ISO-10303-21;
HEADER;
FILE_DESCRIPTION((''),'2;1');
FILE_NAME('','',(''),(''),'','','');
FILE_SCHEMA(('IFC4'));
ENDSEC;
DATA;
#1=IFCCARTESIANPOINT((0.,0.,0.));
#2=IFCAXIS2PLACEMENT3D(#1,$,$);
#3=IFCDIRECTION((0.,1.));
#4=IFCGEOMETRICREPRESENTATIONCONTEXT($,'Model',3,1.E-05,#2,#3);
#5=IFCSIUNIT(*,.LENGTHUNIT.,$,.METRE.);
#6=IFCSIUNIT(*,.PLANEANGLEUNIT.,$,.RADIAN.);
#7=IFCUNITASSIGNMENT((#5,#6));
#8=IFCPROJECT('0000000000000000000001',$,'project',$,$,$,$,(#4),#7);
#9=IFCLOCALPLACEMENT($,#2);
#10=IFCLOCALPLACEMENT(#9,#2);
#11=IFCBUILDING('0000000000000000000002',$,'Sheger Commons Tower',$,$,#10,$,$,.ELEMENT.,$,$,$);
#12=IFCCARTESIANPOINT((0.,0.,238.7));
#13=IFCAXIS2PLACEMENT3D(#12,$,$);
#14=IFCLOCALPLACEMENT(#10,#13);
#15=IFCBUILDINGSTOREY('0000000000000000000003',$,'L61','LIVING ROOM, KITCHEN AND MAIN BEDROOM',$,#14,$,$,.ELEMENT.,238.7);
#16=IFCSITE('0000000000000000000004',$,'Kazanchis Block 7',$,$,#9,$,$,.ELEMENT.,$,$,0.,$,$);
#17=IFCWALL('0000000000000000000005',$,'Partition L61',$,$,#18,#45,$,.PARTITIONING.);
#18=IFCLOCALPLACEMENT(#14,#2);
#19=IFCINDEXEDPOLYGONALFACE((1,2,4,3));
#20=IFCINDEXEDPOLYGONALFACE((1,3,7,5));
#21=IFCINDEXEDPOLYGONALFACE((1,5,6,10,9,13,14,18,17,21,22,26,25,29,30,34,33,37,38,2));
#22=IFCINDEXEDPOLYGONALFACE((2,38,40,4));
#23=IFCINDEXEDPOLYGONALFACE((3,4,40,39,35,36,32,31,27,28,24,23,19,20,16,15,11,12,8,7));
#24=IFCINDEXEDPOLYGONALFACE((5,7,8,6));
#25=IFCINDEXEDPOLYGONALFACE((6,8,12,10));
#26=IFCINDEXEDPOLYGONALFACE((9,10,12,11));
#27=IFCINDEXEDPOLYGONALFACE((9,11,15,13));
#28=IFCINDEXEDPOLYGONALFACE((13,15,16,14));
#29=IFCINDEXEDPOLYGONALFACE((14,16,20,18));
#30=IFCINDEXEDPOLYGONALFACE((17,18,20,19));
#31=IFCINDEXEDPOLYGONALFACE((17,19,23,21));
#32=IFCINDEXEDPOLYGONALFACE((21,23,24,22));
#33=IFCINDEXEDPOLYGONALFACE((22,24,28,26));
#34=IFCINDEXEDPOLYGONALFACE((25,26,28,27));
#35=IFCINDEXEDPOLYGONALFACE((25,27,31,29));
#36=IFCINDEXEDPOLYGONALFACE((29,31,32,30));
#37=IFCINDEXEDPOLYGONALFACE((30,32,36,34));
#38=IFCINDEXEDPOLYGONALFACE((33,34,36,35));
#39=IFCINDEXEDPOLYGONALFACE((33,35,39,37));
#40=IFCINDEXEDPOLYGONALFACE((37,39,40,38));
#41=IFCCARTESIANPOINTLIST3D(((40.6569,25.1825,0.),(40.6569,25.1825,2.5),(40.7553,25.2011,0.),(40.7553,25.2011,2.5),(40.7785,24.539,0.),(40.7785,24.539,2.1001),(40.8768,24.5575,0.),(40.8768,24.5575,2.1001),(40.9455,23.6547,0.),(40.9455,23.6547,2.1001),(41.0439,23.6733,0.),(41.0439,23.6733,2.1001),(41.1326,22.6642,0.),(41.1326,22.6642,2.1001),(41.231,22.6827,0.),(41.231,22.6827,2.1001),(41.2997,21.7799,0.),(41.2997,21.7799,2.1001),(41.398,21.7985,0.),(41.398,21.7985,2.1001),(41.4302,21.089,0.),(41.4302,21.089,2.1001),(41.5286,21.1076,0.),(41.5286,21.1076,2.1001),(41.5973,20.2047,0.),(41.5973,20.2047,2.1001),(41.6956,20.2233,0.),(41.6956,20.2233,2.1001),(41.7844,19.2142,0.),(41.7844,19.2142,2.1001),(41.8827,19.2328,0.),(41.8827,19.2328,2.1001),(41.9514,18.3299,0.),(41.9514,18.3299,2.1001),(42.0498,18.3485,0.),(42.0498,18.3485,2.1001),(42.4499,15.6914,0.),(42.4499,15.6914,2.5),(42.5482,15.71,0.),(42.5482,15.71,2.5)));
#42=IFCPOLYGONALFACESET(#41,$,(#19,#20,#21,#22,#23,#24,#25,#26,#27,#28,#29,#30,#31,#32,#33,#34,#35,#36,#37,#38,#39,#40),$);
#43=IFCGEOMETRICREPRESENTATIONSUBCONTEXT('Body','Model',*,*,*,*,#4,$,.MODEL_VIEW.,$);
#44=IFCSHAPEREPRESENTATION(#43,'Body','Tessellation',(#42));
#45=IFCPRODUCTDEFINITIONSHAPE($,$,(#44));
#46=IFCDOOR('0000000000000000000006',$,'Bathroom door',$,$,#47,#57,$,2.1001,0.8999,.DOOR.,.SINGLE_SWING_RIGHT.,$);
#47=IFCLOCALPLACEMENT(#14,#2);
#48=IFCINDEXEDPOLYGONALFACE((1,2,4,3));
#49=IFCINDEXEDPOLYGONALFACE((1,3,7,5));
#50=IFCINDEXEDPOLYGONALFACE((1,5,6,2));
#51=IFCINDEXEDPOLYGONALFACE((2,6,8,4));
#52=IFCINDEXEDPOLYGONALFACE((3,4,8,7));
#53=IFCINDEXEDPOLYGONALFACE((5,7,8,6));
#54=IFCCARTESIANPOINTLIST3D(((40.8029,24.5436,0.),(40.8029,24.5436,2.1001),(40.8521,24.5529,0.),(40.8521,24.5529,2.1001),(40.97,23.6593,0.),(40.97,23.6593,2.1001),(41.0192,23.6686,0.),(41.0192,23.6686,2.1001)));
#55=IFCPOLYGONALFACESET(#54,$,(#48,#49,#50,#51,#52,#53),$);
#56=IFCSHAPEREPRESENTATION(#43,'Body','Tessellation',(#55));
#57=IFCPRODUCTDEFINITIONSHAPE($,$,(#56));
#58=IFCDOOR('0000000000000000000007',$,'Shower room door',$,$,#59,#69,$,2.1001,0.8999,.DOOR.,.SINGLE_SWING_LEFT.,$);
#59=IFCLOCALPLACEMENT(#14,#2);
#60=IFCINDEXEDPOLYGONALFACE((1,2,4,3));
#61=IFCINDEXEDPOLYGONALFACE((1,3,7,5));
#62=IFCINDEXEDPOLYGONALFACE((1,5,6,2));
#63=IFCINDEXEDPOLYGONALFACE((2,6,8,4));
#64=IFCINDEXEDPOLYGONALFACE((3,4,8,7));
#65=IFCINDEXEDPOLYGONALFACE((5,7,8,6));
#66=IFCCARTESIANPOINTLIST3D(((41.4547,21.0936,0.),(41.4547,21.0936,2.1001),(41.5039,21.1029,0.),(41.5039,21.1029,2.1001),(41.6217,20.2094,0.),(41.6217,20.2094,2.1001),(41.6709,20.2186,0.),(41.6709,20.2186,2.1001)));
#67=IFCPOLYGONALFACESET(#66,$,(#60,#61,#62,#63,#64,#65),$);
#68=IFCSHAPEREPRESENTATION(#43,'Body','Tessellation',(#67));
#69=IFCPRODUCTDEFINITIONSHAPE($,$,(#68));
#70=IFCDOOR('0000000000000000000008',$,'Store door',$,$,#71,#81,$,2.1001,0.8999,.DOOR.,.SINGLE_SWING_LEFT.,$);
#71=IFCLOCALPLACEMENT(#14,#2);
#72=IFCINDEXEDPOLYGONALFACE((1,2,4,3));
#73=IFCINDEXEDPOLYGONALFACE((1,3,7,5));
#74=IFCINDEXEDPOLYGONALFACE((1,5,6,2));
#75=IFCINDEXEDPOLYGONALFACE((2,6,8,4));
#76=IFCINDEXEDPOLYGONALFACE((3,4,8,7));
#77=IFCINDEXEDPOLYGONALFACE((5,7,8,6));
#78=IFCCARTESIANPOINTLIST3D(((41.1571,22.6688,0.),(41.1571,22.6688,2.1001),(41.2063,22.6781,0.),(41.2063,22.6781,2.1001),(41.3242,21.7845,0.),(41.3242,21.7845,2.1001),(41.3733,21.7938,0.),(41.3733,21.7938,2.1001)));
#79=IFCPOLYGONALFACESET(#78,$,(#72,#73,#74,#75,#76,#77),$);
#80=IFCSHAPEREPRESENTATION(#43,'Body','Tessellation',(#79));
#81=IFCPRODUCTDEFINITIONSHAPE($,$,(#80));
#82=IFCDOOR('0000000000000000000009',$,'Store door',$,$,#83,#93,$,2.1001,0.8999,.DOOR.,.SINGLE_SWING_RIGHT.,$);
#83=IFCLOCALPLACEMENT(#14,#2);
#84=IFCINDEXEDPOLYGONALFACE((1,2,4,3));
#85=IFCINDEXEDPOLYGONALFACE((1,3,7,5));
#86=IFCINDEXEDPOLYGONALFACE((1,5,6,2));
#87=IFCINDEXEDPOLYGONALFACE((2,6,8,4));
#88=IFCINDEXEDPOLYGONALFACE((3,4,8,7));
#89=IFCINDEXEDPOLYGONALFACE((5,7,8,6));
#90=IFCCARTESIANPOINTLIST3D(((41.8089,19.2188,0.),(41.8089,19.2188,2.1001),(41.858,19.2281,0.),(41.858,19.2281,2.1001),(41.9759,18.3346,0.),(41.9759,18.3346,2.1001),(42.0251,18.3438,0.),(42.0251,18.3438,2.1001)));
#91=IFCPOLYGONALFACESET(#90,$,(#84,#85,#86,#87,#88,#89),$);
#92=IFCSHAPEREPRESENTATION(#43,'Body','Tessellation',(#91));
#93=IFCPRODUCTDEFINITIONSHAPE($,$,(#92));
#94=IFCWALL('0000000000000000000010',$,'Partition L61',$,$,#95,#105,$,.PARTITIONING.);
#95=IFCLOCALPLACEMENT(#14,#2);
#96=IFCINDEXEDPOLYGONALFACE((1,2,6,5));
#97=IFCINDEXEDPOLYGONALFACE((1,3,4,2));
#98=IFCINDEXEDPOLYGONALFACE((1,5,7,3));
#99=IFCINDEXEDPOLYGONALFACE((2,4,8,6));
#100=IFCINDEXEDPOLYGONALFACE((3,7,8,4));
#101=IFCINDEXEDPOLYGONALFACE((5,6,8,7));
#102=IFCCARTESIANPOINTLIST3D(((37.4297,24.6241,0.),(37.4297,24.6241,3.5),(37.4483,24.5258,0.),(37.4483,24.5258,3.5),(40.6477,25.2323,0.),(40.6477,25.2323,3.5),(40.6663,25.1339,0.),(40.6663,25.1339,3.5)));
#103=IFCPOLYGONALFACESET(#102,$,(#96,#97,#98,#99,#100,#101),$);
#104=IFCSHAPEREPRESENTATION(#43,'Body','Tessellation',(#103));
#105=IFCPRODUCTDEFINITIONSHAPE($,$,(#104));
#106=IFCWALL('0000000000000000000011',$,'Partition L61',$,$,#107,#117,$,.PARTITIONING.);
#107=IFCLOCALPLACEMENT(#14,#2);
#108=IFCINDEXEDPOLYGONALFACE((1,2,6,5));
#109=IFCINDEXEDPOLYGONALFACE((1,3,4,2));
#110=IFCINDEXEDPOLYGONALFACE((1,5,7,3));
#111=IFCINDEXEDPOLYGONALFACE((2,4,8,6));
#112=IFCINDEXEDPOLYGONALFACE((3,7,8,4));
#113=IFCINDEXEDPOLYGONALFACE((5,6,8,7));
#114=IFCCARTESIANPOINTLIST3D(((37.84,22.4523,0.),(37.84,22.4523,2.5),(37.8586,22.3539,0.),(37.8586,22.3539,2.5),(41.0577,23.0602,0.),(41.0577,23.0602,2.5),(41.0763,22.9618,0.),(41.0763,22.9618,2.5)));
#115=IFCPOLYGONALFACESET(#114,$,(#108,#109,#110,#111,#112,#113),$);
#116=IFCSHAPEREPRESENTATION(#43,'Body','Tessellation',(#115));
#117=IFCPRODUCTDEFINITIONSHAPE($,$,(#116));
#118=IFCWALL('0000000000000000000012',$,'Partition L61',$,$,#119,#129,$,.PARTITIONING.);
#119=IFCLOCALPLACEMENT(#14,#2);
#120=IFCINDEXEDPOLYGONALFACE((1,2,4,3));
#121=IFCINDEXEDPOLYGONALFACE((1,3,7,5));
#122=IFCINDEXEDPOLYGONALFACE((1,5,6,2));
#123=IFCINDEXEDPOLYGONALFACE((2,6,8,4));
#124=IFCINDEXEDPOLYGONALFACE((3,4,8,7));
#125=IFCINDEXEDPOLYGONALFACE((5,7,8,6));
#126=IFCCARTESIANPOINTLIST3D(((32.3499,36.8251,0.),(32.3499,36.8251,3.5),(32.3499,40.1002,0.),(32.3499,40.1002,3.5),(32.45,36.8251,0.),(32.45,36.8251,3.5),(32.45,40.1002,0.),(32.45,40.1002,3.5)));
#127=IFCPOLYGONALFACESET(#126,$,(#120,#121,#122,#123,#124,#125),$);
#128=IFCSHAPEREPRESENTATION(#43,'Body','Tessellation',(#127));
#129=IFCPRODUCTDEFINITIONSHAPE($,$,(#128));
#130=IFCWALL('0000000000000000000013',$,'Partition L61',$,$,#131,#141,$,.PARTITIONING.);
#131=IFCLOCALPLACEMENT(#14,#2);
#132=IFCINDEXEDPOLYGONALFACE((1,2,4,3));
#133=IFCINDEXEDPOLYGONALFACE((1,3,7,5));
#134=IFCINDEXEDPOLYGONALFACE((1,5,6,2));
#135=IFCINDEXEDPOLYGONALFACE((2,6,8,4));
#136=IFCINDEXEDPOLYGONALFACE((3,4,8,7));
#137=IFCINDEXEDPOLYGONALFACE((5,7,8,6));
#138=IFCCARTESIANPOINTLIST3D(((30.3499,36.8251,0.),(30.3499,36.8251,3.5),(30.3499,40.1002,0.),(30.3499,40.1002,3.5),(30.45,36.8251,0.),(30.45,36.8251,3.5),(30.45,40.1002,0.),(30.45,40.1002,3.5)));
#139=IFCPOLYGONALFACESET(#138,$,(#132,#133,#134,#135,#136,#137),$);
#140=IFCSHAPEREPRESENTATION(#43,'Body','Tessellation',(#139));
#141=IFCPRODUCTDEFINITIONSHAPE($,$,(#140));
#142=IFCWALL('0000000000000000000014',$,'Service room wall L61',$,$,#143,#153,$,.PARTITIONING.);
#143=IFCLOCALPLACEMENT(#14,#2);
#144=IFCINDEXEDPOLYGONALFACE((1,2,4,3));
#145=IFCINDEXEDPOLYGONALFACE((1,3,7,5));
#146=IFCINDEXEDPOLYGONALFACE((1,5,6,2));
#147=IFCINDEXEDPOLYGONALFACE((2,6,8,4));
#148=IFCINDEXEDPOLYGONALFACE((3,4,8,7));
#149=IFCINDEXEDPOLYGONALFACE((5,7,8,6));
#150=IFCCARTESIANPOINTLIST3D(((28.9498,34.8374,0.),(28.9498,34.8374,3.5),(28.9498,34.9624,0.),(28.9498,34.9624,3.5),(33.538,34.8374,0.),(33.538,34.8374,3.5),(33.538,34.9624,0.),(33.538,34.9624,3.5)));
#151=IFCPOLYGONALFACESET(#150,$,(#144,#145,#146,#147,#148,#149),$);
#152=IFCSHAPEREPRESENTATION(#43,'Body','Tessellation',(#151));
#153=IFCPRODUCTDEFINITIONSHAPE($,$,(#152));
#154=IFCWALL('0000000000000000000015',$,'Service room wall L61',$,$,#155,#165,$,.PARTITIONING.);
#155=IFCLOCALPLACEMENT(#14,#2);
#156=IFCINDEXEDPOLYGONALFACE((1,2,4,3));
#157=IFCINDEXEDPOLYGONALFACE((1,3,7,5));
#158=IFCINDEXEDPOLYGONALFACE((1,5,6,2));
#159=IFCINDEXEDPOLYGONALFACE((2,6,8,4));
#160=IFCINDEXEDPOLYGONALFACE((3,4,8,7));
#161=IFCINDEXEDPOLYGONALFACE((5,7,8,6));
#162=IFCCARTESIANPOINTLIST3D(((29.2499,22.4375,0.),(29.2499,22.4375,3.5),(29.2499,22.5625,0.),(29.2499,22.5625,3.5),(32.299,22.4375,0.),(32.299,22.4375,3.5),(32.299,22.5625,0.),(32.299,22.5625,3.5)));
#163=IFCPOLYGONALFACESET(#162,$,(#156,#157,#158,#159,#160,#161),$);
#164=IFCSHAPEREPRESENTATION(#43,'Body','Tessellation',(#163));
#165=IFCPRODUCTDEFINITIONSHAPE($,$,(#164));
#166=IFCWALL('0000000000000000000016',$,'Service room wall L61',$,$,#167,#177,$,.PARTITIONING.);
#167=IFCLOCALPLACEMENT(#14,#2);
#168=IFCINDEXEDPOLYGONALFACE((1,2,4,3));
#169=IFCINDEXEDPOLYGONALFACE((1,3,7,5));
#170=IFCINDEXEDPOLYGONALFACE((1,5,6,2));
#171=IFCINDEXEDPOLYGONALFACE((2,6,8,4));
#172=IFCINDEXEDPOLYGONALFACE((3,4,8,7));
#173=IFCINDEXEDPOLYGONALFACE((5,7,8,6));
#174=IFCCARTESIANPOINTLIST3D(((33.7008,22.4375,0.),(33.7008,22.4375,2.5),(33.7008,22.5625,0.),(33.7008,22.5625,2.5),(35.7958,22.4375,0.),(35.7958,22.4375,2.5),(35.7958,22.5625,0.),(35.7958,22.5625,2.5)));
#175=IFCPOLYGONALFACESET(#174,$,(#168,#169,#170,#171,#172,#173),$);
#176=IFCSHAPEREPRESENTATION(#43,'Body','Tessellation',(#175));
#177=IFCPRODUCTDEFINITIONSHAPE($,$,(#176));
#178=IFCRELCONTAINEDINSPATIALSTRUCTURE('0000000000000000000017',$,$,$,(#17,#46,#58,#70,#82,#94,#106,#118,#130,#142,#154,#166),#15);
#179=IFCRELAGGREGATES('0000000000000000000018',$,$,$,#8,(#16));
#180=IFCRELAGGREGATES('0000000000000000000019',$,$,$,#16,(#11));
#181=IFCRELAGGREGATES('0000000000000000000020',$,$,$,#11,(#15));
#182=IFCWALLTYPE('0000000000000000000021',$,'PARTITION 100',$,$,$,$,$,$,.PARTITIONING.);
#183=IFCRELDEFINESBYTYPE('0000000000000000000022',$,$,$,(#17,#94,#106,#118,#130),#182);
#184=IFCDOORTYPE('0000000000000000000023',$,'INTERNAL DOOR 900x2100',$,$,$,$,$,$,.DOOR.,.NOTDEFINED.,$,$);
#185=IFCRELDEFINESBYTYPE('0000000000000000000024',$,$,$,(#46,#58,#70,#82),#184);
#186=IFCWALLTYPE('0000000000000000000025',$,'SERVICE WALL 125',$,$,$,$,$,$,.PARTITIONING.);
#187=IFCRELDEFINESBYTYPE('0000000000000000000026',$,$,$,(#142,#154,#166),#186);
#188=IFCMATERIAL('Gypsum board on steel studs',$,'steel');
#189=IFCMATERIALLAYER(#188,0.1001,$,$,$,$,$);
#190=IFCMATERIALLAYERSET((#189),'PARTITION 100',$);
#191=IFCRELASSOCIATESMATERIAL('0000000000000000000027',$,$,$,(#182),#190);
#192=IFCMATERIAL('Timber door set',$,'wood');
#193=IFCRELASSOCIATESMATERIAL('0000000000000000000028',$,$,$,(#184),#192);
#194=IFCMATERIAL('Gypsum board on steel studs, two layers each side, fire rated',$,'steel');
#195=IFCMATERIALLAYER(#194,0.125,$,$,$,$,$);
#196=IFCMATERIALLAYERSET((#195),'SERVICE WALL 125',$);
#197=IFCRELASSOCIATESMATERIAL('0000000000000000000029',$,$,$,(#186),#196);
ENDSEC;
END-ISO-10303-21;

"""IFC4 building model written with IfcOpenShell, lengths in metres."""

from ifc_helpers import new_model, si_unit, direction, frame, frame_2d, origin, place, context, subcontext, project, spatial, rectangle, extrude, material, layer, layer_set, type_object, element, fill, save


model = new_model("IFC4")

# Units and contexts
model_context = context("Model", 3, precision=1e-05, world=origin(), true_north=direction((0.0, 1.0)))
body_context = subcontext(model_context, "Body", "Model", "MODEL_VIEW")
ifc_project = project(units=[si_unit("LENGTHUNIT", "METRE"), si_unit("PLANEANGLEUNIT", "RADIAN")], contexts=[model_context])

# Site, building, storey
site_placement = place(None, origin())
site = spatial("IfcSite", under=ifc_project, at=site_placement, Name="Kazanchis Block 7", CompositionType="ELEMENT", RefElevation=0.0)
building_placement = place(site_placement, origin())
building = spatial("IfcBuilding", under=site, at=building_placement, Name="Sheger Commons Tower", CompositionType="ELEMENT")
storey_placement = place(building_placement, frame((0.0, 0.0, 238.7)))
storey = spatial("IfcBuildingStorey", under=building, at=storey_placement, Name="L61", Description="LIVING ROOM, KITCHEN AND MAIN BEDROOM", CompositionType="ELEMENT", Elevation=238.7)

# Shared definitions
ifc_material_1 = material(Name="Gypsum board on steel studs", Category="steel")
ifc_layer_1 = layer(ifc_material_1, 0.1001)
ifc_layer_set_1 = layer_set([ifc_layer_1], Name="PARTITION 100")
wall_type_1 = type_object("IfcWallType", Name="PARTITION 100", PredefinedType="PARTITIONING", material=ifc_layer_set_1)

# Wall, openings, doors
wall_1_placement = place(storey_placement, frame((40.7061, 25.1919, 0.0), z_axis=(0.0, 0.0, 1.0), x_axis=(0.18563, -0.98262, 0.0)))
wall_1 = element("IfcWall", 1, at=wall_1_placement, inside=storey, type_object=wall_type_1, Name="Partition L61", PredefinedType="PARTITIONING", context=body_context, shape_type="SweptSolid", body=[
    extrude(rectangle(XDim=9.6589, YDim=0.1001, at=frame_2d((4.8296, 0.0))), origin(), (0.0, 0.0, 1.0), 2.5),
])
opening_1_placement = place(wall_1_placement, frame((0.655, 0.0, 0.0)))
opening_1 = element("IfcOpeningElement", 2, at=opening_1_placement, cuts=wall_1, PredefinedType="OPENING", context=body_context, shape_type="SweptSolid", body=[
    extrude(rectangle(XDim=0.8999, YDim=2.1001, at=frame_2d((0.45, 1.05))), frame((0.0, 0.0601, 0.0), z_axis=(0.0, -1.0, 0.0), x_axis=(1.0, 0.0, 0.0)), (0.0, 0.0, 1.0), 0.1201),
])
opening_2_placement = place(wall_1_placement, frame((4.166, 0.0, 0.0)))
opening_2 = element("IfcOpeningElement", 3, at=opening_2_placement, cuts=wall_1, PredefinedType="OPENING", context=body_context, shape_type="SweptSolid", body=[
    extrude(rectangle(XDim=0.8999, YDim=2.1001, at=frame_2d((0.45, 1.05))), frame((0.0, 0.0601, 0.0), z_axis=(0.0, -1.0, 0.0), x_axis=(1.0, 0.0, 0.0)), (0.0, 0.0, 1.0), 0.1201),
])
opening_3_placement = place(wall_1_placement, frame((2.563, 0.0, 0.0)))
opening_3 = element("IfcOpeningElement", 4, at=opening_3_placement, cuts=wall_1, PredefinedType="OPENING", context=body_context, shape_type="SweptSolid", body=[
    extrude(rectangle(XDim=0.8999, YDim=2.1001, at=frame_2d((0.45, 1.05))), frame((0.0, 0.0601, 0.0), z_axis=(0.0, -1.0, 0.0), x_axis=(1.0, 0.0, 0.0)), (0.0, 0.0, 1.0), 0.1201),
])
opening_4_placement = place(wall_1_placement, frame((6.074, 0.0, 0.0)))
opening_4 = element("IfcOpeningElement", 5, at=opening_4_placement, cuts=wall_1, PredefinedType="OPENING", context=body_context, shape_type="SweptSolid", body=[
    extrude(rectangle(XDim=0.8999, YDim=2.1001, at=frame_2d((0.45, 1.05))), frame((0.0, 0.0601, 0.0), z_axis=(0.0, -1.0, 0.0), x_axis=(1.0, 0.0, 0.0)), (0.0, 0.0, 1.0), 0.1201),
])
ifc_material_2 = material(Name="Timber door set", Category="wood")
door_type = type_object("IfcDoorType", Name="INTERNAL DOOR 900x2100", OperationType="NOTDEFINED", PredefinedType="DOOR", material=ifc_material_2)
door_1_placement = place(opening_1_placement, origin())
door_1 = element("IfcDoor", 6, at=door_1_placement, inside=storey, type_object=door_type, Name="Bathroom door", OperationType="SINGLE_SWING_RIGHT", OverallHeight=2.1001, OverallWidth=0.8999, PredefinedType="DOOR", context=body_context, shape_type="SweptSolid", body=[
    extrude(rectangle(XDim=0.8999, YDim=2.1001, at=frame_2d((0.45, 1.05))), frame((0.0, 0.0249, 0.0), z_axis=(0.0, -1.0, 0.0), x_axis=(1.0, 0.0, 0.0)), (0.0, 0.0, 1.0), 0.05),
])
fill(opening_1, door_1)
door_2_placement = place(opening_2_placement, origin())
door_2 = element("IfcDoor", 7, at=door_2_placement, inside=storey, type_object=door_type, Name="Shower room door", OperationType="SINGLE_SWING_LEFT", OverallHeight=2.1001, OverallWidth=0.8999, PredefinedType="DOOR", context=body_context, shape_type="SweptSolid", body=[
    extrude(rectangle(XDim=0.8999, YDim=2.1001, at=frame_2d((0.45, 1.05))), frame((0.0, 0.0249, 0.0), z_axis=(0.0, -1.0, 0.0), x_axis=(1.0, 0.0, 0.0)), (0.0, 0.0, 1.0), 0.05),
])
fill(opening_2, door_2)
door_3_placement = place(opening_3_placement, origin())
door_3 = element("IfcDoor", 8, at=door_3_placement, inside=storey, type_object=door_type, Name="Store door", OperationType="SINGLE_SWING_LEFT", OverallHeight=2.1001, OverallWidth=0.8999, PredefinedType="DOOR", context=body_context, shape_type="SweptSolid", body=[
    extrude(rectangle(XDim=0.8999, YDim=2.1001, at=frame_2d((0.45, 1.05))), frame((0.0, 0.0249, 0.0), z_axis=(0.0, -1.0, 0.0), x_axis=(1.0, 0.0, 0.0)), (0.0, 0.0, 1.0), 0.05),
])
fill(opening_3, door_3)
door_4_placement = place(opening_4_placement, origin())
door_4 = element("IfcDoor", 9, at=door_4_placement, inside=storey, type_object=door_type, Name="Store door", OperationType="SINGLE_SWING_RIGHT", OverallHeight=2.1001, OverallWidth=0.8999, PredefinedType="DOOR", context=body_context, shape_type="SweptSolid", body=[
    extrude(rectangle(XDim=0.8999, YDim=2.1001, at=frame_2d((0.45, 1.05))), frame((0.0, 0.0249, 0.0), z_axis=(0.0, -1.0, 0.0), x_axis=(1.0, 0.0, 0.0)), (0.0, 0.0, 1.0), 0.05),
])
fill(opening_4, door_4)

# Walls
wall_2_placement = place(storey_placement, frame((40.657, 25.1831, 0.0), z_axis=(0.0, 0.0, 1.0), x_axis=(-0.982607, -0.185697, 0.0)))
element("IfcWall", 10, at=wall_2_placement, inside=storey, type_object=wall_type_1, Name="Partition L61", PredefinedType="PARTITIONING", context=body_context, shape_type="SweptSolid", body=[
    extrude(rectangle(XDim=3.2749, YDim=0.1001, at=frame_2d((1.6375, 0.0))), origin(), (0.0, 0.0, 1.0), 3.5),
])
wall_3_placement = place(storey_placement, frame((41.0669, 23.011, 0.0), z_axis=(0.0, 0.0, 1.0), x_axis=(-0.982618, -0.185639, 0.0)))
element("IfcWall", 11, at=wall_3_placement, inside=storey, type_object=wall_type_1, Name="Partition L61", PredefinedType="PARTITIONING", context=body_context, shape_type="SweptSolid", body=[
    extrude(rectangle(XDim=3.2747, YDim=0.1001, at=frame_2d((1.6372, 0.0))), origin(), (0.0, 0.0, 1.0), 2.5),
])
for number, where, z_axis, x_axis, name in (
    (12, (32.3999, 36.825, 0.0), (0.0, 0.0, 1.0), (0.0, 1.0, 0.0), "Partition L61"),
    (13, (30.3999, 36.825, 0.0), (0.0, 0.0, 1.0), (0.0, 1.0, 0.0), "Partition L61"),
):
    element("IfcWall", number, at=place(storey_placement, frame(where, z_axis=z_axis, x_axis=x_axis)), inside=storey, type_object=wall_type_1, Name=name, PredefinedType="PARTITIONING", context=body_context, shape_type="SweptSolid", body=[
        extrude(rectangle(XDim=3.2751, YDim=0.1001, at=frame_2d((1.6377, 0.0))), origin(), (0.0, 0.0, 1.0), 3.5),
    ])
ifc_material_3 = material(Name="Gypsum board on steel studs, two layers each side, fire rated", Category="steel")
ifc_layer_2 = layer(ifc_material_3, 0.125)
ifc_layer_set_2 = layer_set([ifc_layer_2], Name="SERVICE WALL 125")
wall_type_2 = type_object("IfcWallType", Name="SERVICE WALL 125", PredefinedType="PARTITIONING", material=ifc_layer_set_2)
wall_4_placement = place(storey_placement, frame((28.95, 34.8999, 0.0), z_axis=(0.0, 0.0, 1.0), x_axis=(1.0, 0.0, 0.0)))
element("IfcWall", 14, at=wall_4_placement, inside=storey, type_object=wall_type_2, Name="Service room wall L61", PredefinedType="PARTITIONING", context=body_context, shape_type="SweptSolid", body=[
    extrude(rectangle(XDim=4.5881, YDim=0.125, at=frame_2d((2.2939, 0.0))), origin(), (0.0, 0.0, 1.0), 3.5),
])
wall_5_placement = place(storey_placement, frame((29.25, 22.5, 0.0), z_axis=(0.0, 0.0, 1.0), x_axis=(1.0, 0.0, 0.0)))
element("IfcWall", 15, at=wall_5_placement, inside=storey, type_object=wall_type_2, Name="Service room wall L61", PredefinedType="PARTITIONING", context=body_context, shape_type="SweptSolid", body=[
    extrude(rectangle(XDim=3.0491, YDim=0.125, at=frame_2d((1.5244, 0.0))), origin(), (0.0, 0.0, 1.0), 3.5),
])
wall_6_placement = place(storey_placement, frame((33.7009, 22.5, 0.0), z_axis=(0.0, 0.0, 1.0), x_axis=(1.0, 0.0, 0.0)))
element("IfcWall", 16, at=wall_6_placement, inside=storey, type_object=wall_type_2, Name="Service room wall L61", PredefinedType="PARTITIONING", context=body_context, shape_type="SweptSolid", body=[
    extrude(rectangle(XDim=2.095, YDim=0.125, at=frame_2d((1.0474, 0.0))), origin(), (0.0, 0.0, 1.0), 2.5),
])

save(model, "model.ifc")
